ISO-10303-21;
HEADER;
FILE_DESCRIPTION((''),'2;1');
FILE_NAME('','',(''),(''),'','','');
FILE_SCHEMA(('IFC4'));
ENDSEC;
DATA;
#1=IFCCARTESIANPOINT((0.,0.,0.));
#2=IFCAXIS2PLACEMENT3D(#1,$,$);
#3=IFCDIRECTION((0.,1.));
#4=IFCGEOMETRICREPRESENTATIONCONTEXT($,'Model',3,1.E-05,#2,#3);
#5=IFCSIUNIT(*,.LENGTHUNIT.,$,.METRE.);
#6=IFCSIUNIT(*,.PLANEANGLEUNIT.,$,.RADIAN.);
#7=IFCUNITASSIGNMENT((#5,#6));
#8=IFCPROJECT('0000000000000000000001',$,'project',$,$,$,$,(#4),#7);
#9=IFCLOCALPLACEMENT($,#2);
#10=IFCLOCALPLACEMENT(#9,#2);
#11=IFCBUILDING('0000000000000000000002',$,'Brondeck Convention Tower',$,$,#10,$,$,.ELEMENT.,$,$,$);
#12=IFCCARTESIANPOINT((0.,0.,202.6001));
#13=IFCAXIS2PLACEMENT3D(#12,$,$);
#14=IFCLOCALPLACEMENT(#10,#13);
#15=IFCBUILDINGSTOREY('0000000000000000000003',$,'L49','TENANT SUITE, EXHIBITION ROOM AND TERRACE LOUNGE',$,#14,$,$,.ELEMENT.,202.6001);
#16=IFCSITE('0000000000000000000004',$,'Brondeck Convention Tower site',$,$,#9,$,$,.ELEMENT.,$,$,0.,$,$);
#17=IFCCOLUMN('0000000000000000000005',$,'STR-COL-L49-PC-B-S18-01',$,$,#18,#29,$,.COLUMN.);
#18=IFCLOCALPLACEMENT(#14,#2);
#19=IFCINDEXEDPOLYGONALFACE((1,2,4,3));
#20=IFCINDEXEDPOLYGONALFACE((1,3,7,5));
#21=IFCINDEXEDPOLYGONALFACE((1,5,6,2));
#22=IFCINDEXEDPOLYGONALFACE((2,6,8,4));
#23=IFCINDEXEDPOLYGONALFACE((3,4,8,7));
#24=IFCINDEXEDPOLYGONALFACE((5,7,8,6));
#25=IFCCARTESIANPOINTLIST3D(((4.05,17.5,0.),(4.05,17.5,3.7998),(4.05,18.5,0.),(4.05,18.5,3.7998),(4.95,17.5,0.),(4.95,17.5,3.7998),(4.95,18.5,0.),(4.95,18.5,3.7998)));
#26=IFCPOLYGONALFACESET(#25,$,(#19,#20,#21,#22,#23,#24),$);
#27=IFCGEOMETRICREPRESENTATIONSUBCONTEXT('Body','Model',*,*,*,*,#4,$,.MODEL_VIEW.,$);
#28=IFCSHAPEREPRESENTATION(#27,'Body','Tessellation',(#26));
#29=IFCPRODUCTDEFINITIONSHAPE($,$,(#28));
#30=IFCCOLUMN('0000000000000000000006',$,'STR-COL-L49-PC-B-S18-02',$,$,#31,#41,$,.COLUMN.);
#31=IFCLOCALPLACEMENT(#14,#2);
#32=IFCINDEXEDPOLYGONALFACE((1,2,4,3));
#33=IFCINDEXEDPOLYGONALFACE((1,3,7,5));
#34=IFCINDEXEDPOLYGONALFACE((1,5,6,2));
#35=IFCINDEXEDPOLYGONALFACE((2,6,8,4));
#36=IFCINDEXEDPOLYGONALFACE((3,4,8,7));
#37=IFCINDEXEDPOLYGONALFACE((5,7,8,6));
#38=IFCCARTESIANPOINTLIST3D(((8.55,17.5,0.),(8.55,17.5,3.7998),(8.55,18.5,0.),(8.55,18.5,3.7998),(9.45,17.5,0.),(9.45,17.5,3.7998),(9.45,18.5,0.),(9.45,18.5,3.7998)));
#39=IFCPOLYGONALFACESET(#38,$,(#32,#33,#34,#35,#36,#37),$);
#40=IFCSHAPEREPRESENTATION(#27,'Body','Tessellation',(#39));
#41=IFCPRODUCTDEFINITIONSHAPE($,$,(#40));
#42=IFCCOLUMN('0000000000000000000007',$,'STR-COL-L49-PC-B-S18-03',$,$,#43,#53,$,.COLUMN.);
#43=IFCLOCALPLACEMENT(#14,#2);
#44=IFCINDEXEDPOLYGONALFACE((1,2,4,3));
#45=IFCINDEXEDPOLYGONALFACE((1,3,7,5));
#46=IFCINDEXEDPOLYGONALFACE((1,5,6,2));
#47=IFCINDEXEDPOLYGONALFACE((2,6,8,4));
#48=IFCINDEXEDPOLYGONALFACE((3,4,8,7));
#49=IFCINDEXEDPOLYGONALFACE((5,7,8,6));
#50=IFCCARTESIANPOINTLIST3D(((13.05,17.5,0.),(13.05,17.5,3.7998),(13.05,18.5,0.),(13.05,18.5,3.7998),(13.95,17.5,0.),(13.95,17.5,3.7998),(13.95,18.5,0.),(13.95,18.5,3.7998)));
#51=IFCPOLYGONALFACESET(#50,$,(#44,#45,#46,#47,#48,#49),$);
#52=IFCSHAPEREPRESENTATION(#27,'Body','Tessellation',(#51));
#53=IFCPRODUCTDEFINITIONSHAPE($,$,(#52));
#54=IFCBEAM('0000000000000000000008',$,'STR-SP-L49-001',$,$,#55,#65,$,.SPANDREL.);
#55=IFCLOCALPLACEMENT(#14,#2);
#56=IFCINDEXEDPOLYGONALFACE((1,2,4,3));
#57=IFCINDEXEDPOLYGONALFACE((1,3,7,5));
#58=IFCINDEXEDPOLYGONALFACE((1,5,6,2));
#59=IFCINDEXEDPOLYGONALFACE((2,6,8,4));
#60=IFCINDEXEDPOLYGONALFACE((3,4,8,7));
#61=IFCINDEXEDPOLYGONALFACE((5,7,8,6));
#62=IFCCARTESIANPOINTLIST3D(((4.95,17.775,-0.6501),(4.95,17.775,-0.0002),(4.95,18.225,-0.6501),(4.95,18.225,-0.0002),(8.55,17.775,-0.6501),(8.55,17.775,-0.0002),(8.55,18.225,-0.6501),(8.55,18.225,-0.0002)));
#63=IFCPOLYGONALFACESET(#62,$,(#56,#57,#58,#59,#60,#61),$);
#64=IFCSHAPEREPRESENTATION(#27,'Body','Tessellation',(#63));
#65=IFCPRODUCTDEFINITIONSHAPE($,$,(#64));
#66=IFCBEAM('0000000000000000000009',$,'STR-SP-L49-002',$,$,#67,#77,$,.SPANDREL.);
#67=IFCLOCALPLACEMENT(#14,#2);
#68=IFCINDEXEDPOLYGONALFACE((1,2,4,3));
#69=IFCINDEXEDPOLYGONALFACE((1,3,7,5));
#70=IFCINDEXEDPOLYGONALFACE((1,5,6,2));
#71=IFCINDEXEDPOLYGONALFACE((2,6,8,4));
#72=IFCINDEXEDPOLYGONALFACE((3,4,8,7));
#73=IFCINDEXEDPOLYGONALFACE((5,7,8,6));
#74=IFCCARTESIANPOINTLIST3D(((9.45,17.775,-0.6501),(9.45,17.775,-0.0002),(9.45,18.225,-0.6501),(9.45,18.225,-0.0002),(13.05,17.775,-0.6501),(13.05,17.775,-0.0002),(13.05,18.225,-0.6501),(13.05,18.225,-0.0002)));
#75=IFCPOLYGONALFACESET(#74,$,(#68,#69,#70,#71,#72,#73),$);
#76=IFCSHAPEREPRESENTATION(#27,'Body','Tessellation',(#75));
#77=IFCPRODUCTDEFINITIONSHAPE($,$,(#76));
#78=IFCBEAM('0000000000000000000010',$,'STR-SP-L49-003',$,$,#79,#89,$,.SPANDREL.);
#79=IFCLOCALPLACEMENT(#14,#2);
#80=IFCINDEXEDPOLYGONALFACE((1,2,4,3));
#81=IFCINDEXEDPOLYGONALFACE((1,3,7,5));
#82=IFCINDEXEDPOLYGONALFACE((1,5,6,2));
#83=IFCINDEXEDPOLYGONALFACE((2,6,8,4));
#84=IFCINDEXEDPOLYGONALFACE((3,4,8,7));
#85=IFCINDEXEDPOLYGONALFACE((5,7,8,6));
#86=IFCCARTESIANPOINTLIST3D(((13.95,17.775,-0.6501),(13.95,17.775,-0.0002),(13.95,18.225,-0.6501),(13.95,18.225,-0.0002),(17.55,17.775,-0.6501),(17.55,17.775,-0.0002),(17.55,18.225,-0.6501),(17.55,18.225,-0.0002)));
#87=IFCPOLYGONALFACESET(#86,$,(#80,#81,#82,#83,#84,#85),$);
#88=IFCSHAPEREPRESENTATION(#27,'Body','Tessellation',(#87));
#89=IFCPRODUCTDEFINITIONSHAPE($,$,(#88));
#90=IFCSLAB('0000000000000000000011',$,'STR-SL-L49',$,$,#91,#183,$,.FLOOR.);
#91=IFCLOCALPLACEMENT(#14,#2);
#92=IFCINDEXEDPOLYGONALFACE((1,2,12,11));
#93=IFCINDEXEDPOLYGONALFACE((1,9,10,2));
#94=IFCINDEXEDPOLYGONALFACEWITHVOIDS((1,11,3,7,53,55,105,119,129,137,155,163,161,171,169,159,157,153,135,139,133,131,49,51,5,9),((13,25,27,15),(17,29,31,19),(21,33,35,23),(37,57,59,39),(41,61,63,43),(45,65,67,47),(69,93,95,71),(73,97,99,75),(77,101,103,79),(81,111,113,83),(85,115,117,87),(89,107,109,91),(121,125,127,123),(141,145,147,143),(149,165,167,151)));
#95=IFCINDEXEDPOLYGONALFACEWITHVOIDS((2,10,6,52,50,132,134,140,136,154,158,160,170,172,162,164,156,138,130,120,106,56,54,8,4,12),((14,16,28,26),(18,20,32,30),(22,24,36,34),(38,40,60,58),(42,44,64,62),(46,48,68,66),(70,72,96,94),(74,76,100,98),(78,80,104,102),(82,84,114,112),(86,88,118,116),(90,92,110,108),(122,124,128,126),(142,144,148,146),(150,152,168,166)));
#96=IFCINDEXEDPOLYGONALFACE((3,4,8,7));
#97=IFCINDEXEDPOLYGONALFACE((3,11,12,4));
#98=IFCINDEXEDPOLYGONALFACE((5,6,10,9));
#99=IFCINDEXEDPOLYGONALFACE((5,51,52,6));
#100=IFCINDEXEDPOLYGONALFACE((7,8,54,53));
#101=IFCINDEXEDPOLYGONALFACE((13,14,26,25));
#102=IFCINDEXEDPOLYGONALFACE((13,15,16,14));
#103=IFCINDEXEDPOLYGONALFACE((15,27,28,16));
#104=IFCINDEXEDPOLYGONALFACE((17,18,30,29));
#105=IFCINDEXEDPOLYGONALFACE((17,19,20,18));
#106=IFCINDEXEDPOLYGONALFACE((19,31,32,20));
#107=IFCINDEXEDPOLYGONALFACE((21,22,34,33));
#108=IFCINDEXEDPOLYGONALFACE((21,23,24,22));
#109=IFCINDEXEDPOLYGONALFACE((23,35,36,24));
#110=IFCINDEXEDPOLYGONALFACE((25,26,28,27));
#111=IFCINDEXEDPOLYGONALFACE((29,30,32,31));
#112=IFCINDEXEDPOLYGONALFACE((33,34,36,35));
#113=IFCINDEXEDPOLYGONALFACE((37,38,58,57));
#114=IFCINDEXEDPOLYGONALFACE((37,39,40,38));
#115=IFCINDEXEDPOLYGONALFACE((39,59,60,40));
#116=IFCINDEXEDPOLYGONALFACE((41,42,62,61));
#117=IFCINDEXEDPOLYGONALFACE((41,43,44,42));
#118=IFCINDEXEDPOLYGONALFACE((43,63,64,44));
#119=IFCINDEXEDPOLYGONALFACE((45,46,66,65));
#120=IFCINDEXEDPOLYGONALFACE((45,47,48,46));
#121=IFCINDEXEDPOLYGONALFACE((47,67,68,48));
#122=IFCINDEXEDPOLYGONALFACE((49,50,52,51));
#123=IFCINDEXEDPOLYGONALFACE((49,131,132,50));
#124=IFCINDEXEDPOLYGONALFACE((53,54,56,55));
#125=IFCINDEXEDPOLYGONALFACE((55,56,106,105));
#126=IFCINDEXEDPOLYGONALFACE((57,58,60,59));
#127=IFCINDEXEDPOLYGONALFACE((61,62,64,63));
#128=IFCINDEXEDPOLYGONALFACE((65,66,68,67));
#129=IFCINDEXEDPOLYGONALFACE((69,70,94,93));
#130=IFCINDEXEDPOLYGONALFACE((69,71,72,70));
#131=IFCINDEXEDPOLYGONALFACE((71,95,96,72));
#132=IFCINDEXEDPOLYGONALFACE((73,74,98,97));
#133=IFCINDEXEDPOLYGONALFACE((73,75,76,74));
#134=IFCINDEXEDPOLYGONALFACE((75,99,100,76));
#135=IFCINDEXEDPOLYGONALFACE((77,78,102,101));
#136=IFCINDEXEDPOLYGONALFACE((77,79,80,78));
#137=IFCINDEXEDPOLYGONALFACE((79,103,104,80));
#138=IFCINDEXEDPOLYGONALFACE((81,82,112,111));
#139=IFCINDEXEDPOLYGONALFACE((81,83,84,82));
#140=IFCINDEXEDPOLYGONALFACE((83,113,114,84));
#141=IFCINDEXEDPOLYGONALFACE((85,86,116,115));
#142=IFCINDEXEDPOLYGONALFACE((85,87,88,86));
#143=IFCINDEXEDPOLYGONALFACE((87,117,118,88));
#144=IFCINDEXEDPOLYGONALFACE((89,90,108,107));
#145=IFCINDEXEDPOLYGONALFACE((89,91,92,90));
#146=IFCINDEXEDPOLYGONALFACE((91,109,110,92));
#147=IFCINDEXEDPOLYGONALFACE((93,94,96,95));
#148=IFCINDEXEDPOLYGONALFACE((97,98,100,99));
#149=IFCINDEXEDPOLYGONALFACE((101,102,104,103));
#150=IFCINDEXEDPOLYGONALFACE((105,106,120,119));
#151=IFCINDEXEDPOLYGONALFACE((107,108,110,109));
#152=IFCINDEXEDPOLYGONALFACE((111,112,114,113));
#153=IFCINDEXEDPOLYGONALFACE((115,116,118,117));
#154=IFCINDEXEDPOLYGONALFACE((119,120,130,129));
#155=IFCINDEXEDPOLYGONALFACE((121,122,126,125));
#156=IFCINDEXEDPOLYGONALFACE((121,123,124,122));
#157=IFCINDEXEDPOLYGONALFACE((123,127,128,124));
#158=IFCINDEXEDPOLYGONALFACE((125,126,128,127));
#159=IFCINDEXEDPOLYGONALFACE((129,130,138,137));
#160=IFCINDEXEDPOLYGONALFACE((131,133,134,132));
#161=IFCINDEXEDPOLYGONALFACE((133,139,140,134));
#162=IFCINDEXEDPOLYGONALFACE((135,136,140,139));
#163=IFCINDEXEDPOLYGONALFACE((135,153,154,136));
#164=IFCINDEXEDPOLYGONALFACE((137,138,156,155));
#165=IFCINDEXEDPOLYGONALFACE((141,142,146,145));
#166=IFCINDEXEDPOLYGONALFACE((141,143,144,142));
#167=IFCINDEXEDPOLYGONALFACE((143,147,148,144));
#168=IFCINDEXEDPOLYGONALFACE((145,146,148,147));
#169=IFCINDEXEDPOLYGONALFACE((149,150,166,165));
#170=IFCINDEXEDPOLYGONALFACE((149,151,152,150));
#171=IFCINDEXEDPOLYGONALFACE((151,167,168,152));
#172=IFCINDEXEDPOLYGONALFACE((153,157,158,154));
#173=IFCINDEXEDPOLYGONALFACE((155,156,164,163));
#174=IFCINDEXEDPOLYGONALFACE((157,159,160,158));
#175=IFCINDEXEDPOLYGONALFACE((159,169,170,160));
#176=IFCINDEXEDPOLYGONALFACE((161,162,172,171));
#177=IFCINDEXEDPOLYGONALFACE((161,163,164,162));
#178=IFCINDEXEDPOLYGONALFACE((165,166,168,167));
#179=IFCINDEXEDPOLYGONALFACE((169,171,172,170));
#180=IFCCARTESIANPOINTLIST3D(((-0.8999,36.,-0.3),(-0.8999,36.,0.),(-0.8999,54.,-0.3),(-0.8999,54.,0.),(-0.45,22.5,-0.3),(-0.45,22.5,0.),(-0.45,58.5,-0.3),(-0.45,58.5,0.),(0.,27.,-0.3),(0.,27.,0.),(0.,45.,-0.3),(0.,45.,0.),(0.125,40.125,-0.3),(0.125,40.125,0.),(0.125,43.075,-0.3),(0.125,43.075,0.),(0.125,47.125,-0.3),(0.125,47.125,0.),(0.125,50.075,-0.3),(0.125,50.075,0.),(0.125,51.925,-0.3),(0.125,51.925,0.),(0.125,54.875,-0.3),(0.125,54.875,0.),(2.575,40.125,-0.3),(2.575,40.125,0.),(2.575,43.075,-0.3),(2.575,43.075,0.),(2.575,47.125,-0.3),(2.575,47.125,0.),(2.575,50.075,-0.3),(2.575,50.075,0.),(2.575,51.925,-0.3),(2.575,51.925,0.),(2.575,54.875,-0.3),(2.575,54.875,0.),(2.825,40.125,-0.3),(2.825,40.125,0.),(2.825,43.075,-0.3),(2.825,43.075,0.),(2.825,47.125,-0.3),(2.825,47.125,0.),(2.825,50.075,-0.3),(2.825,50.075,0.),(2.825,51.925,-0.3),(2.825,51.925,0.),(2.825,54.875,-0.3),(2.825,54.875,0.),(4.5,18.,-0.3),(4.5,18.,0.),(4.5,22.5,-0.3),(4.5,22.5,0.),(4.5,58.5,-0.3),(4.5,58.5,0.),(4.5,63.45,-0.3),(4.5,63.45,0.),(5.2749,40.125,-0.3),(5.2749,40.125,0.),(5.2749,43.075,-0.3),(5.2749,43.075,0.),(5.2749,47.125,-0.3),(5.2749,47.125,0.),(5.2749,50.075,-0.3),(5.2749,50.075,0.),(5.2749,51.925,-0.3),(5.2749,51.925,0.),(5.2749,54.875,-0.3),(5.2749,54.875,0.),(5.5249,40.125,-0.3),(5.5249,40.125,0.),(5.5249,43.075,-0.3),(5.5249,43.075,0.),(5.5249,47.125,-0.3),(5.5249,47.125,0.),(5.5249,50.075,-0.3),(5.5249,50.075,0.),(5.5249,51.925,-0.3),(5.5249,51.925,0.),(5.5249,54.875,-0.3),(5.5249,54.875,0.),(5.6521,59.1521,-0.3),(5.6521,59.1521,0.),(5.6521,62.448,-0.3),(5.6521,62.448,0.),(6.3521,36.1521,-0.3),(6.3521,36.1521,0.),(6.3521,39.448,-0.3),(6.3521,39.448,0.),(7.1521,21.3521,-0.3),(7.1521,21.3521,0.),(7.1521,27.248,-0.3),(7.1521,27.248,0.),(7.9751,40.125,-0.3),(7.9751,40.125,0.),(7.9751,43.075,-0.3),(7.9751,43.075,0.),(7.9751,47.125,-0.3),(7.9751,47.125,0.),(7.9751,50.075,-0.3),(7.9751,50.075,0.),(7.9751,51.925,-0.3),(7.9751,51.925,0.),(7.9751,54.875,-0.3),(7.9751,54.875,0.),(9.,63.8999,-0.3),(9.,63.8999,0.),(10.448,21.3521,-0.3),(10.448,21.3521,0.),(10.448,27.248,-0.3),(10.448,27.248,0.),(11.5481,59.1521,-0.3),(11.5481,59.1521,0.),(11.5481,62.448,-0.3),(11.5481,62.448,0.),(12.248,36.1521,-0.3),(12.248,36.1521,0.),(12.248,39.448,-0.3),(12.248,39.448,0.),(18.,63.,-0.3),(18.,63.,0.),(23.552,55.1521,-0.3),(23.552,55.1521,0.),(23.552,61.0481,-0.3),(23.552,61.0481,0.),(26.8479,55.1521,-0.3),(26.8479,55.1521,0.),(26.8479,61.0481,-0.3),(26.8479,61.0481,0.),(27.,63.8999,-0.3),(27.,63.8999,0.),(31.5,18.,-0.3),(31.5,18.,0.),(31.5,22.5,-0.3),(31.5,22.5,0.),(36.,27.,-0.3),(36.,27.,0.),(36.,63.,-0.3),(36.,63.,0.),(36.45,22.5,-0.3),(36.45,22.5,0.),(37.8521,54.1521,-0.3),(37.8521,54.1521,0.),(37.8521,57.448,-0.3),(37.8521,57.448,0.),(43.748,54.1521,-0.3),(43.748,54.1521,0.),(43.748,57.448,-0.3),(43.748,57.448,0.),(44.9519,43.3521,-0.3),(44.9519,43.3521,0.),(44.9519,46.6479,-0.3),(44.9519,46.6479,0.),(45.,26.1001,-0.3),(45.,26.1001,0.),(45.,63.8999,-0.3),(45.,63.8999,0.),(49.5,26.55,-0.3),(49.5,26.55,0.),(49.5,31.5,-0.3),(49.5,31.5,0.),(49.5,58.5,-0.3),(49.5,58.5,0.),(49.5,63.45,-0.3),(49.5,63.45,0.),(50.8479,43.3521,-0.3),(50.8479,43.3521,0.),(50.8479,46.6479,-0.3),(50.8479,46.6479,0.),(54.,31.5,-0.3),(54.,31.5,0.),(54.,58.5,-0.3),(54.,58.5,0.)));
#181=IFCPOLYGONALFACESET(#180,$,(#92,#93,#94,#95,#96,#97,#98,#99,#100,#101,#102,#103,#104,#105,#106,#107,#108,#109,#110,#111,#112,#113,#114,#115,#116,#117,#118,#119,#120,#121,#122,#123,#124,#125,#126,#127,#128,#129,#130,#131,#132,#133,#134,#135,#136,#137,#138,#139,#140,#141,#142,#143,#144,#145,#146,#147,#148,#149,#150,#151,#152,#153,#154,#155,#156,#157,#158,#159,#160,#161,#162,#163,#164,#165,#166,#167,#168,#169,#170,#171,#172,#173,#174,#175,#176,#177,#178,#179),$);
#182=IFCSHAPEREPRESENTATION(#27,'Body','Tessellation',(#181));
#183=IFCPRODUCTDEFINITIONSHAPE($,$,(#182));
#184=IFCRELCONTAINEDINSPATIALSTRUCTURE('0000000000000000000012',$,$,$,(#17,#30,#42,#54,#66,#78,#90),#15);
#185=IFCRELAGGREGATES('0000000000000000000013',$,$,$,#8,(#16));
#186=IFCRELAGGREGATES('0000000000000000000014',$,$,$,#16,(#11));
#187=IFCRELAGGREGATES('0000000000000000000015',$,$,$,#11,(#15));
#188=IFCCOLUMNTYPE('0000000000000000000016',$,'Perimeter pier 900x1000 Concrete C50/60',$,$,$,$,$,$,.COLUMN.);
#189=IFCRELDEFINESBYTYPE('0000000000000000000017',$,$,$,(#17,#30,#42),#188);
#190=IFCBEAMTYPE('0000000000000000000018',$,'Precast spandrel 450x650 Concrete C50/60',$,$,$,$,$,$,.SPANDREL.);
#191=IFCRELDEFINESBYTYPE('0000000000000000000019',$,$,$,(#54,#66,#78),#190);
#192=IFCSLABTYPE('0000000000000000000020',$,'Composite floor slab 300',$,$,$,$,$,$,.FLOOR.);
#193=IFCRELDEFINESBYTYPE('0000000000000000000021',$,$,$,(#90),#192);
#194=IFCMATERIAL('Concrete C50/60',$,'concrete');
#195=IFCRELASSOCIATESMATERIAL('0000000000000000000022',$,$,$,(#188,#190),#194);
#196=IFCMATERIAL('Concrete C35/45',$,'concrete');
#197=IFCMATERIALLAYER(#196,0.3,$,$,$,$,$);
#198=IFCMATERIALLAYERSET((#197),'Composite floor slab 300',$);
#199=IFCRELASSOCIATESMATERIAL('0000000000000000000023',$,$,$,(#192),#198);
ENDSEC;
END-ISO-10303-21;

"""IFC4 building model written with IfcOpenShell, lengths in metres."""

from ifc_helpers import new_model, si_unit, direction, frame, origin, origin_2d, place, context, subcontext, project, spatial, polyline, rectangle, outline, extrude, material, layer, layer_set, material_profile, profile_set, type_object, element, save


model = new_model("IFC4")

# Units and contexts
model_context = context("Model", 3, precision=1e-05, world=origin(), true_north=direction((0.0, 1.0)))
body_context = subcontext(model_context, "Body", "Model", "MODEL_VIEW")
ifc_project = project(units=[si_unit("LENGTHUNIT", "METRE"), si_unit("PLANEANGLEUNIT", "RADIAN")], contexts=[model_context])

# Site, building, storey
site_placement = place(None, origin())
site = spatial("IfcSite", under=ifc_project, at=site_placement, Name="Brondeck Convention Tower site", CompositionType="ELEMENT", RefElevation=0.0)
building_placement = place(site_placement, origin())
building = spatial("IfcBuilding", under=site, at=building_placement, Name="Brondeck Convention Tower", CompositionType="ELEMENT")
storey_placement = place(building_placement, frame((0.0, 0.0, 202.6001)))
storey = spatial("IfcBuildingStorey", under=building, at=storey_placement, Name="L49", Description="TENANT SUITE, EXHIBITION ROOM AND TERRACE LOUNGE", CompositionType="ELEMENT", Elevation=202.6001)

# Columns
ifc_material_1 = material(Name="Concrete C50/60", Category="concrete")
ifc_material_profile_1 = material_profile(ifc_material_1, rectangle(XDim=0.8999, YDim=1.0, at=origin_2d()), Name="Perimeter pier 900x1000 Concrete C50/60")
ifc_profile_set_1 = profile_set([ifc_material_profile_1], Name="Concrete C50/60")
column_type = type_object("IfcColumnType", Name="Perimeter pier 900x1000 Concrete C50/60", PredefinedType="COLUMN", material=ifc_profile_set_1)
for number, where, z_axis, x_axis, name in (
    (1, (4.5, 18.0, 0.0), (0.0, 0.0, 1.0), (1.0, 0.0, 0.0), "STR-COL-L49-PC-B-S18-01"),
    (2, (9.0, 18.0, 0.0), (0.0, 0.0, 1.0), (1.0, 0.0, 0.0), "STR-COL-L49-PC-B-S18-02"),
    (3, (13.5, 18.0, 0.0), (0.0, 0.0, 1.0), (1.0, 0.0, 0.0), "STR-COL-L49-PC-B-S18-03"),
):
    element("IfcColumn", number, at=place(storey_placement, frame(where, z_axis=z_axis, x_axis=x_axis)), inside=storey, type_object=column_type, Name=name, PredefinedType="COLUMN", context=body_context, shape_type="SweptSolid", body=[
        extrude(rectangle(XDim=0.8999, YDim=1.0, at=origin_2d()), origin(), (0.0, 0.0, 1.0), 3.7998),
    ])

# Beams
ifc_material_profile_2 = material_profile(ifc_material_1, rectangle(XDim=0.45, YDim=0.6499, at=origin_2d()), Name="Precast spandrel 450x650 Concrete C50/60")
ifc_profile_set_2 = profile_set([ifc_material_profile_2], Name="Concrete C50/60")
beam_type = type_object("IfcBeamType", Name="Precast spandrel 450x650 Concrete C50/60", PredefinedType="SPANDREL", material=ifc_profile_set_2)
for number, where, z_axis, x_axis, name in (
    (4, (4.95, 18.0, -0.3252), (1.0, 0.0, 0.0), (0.0, 1.0, 0.0), "STR-SP-L49-001"),
    (5, (9.45, 18.0, -0.3252), (1.0, 0.0, 0.0), (0.0, 1.0, 0.0), "STR-SP-L49-002"),
    (6, (13.95, 18.0, -0.3252), (1.0, 0.0, 0.0), (0.0, 1.0, 0.0), "STR-SP-L49-003"),
):
    element("IfcBeam", number, at=place(storey_placement, frame(where, z_axis=z_axis, x_axis=x_axis)), inside=storey, type_object=beam_type, Name=name, PredefinedType="SPANDREL", context=body_context, shape_type="SweptSolid", body=[
        extrude(rectangle(XDim=0.45, YDim=0.6499, at=origin_2d()), origin(), (0.0, 0.0, 1.0), 3.6001),
    ])

# Slab
ifc_material_2 = material(Name="Concrete C35/45", Category="concrete")
ifc_layer_1 = layer(ifc_material_2, 0.3)
ifc_layer_set_1 = layer_set([ifc_layer_1], Name="Composite floor slab 300")
slab_type_1 = type_object("IfcSlabType", Name="Composite floor slab 300", PredefinedType="FLOOR", material=ifc_layer_set_1)
slab_1_placement = place(storey_placement, frame((0.0, 0.0, -0.3)))
element("IfcSlab", 7, at=slab_1_placement, inside=storey, type_object=slab_type_1, Name="STR-SL-L49", PredefinedType="FLOOR", context=body_context, shape_type="SweptSolid", body=[
    extrude(outline(polyline([(4.5, 22.5), (-0.45, 22.5), (0.0, 27.0), (-0.8999, 36.0), (0.0, 45.0), (-0.8999, 54.0), (-0.45, 58.5), (4.5, 58.5), (4.5, 63.45), (9.0, 63.8999), (18.0, 63.0), (27.0, 63.8999), (36.0, 63.0), (45.0, 63.8999), (49.5, 63.45), (49.5, 58.5), (54.0, 58.5), (54.0, 31.5), (49.5, 31.5), (49.5, 26.55), (45.0, 26.1001), (36.0, 27.0), (36.45, 22.5), (31.5, 22.5), (31.5, 18.0), (4.5, 18.0), (4.5, 22.5)]), holes=[polyline([(2.575, 43.075), (0.125, 43.075), (0.125, 40.125), (2.575, 40.125), (2.575, 43.075)]), polyline([(5.2749, 40.125), (5.2749, 43.075), (2.825, 43.075), (2.825, 40.125), (5.2749, 40.125)]), polyline([(7.9751, 40.125), (7.9751, 43.075), (5.5249, 43.075), (5.5249, 40.125), (7.9751, 40.125)]), polyline([(2.575, 47.125), (2.575, 50.075), (0.125, 50.075), (0.125, 47.125), (2.575, 47.125)]), polyline([(5.2749, 47.125), (5.2749, 50.075), (2.825, 50.075), (2.825, 47.125), (5.2749, 47.125)]), polyline([(7.9751, 47.125), (7.9751, 50.075), (5.5249, 50.075), (5.5249, 47.125), (7.9751, 47.125)]), polyline([(2.575, 51.925), (2.575, 54.875), (0.125, 54.875), (0.125, 51.925), (2.575, 51.925)]), polyline([(5.2749, 51.925), (5.2749, 54.875), (2.825, 54.875), (2.825, 51.925), (5.2749, 51.925)]), polyline([(10.448, 27.248), (7.1521, 27.248), (7.1521, 21.3521), (10.448, 21.3521), (10.448, 27.248)]), polyline([(12.248, 36.1521), (12.248, 39.448), (6.3521, 39.448), (6.3521, 36.1521), (12.248, 36.1521)]), polyline([(50.8479, 43.3521), (50.8479, 46.6479), (44.9519, 46.6479), (44.9519, 43.3521), (50.8479, 43.3521)]), polyline([(7.9751, 51.925), (7.9751, 54.875), (5.5249, 54.875), (5.5249, 51.925), (7.9751, 51.925)]), polyline([(43.748, 54.1521), (43.748, 57.448), (37.8521, 57.448), (37.8521, 54.1521), (43.748, 54.1521)]), polyline([(23.552, 55.1521), (26.8479, 55.1521), (26.8479, 61.0481), (23.552, 61.0481), (23.552, 55.1521)]), polyline([(5.6521, 62.448), (5.6521, 59.1521), (11.5481, 59.1521), (11.5481, 62.448), (5.6521, 62.448)])]), origin(), (0.0, 0.0, 1.0), 0.3),
])

save(model, "model.ifc")
